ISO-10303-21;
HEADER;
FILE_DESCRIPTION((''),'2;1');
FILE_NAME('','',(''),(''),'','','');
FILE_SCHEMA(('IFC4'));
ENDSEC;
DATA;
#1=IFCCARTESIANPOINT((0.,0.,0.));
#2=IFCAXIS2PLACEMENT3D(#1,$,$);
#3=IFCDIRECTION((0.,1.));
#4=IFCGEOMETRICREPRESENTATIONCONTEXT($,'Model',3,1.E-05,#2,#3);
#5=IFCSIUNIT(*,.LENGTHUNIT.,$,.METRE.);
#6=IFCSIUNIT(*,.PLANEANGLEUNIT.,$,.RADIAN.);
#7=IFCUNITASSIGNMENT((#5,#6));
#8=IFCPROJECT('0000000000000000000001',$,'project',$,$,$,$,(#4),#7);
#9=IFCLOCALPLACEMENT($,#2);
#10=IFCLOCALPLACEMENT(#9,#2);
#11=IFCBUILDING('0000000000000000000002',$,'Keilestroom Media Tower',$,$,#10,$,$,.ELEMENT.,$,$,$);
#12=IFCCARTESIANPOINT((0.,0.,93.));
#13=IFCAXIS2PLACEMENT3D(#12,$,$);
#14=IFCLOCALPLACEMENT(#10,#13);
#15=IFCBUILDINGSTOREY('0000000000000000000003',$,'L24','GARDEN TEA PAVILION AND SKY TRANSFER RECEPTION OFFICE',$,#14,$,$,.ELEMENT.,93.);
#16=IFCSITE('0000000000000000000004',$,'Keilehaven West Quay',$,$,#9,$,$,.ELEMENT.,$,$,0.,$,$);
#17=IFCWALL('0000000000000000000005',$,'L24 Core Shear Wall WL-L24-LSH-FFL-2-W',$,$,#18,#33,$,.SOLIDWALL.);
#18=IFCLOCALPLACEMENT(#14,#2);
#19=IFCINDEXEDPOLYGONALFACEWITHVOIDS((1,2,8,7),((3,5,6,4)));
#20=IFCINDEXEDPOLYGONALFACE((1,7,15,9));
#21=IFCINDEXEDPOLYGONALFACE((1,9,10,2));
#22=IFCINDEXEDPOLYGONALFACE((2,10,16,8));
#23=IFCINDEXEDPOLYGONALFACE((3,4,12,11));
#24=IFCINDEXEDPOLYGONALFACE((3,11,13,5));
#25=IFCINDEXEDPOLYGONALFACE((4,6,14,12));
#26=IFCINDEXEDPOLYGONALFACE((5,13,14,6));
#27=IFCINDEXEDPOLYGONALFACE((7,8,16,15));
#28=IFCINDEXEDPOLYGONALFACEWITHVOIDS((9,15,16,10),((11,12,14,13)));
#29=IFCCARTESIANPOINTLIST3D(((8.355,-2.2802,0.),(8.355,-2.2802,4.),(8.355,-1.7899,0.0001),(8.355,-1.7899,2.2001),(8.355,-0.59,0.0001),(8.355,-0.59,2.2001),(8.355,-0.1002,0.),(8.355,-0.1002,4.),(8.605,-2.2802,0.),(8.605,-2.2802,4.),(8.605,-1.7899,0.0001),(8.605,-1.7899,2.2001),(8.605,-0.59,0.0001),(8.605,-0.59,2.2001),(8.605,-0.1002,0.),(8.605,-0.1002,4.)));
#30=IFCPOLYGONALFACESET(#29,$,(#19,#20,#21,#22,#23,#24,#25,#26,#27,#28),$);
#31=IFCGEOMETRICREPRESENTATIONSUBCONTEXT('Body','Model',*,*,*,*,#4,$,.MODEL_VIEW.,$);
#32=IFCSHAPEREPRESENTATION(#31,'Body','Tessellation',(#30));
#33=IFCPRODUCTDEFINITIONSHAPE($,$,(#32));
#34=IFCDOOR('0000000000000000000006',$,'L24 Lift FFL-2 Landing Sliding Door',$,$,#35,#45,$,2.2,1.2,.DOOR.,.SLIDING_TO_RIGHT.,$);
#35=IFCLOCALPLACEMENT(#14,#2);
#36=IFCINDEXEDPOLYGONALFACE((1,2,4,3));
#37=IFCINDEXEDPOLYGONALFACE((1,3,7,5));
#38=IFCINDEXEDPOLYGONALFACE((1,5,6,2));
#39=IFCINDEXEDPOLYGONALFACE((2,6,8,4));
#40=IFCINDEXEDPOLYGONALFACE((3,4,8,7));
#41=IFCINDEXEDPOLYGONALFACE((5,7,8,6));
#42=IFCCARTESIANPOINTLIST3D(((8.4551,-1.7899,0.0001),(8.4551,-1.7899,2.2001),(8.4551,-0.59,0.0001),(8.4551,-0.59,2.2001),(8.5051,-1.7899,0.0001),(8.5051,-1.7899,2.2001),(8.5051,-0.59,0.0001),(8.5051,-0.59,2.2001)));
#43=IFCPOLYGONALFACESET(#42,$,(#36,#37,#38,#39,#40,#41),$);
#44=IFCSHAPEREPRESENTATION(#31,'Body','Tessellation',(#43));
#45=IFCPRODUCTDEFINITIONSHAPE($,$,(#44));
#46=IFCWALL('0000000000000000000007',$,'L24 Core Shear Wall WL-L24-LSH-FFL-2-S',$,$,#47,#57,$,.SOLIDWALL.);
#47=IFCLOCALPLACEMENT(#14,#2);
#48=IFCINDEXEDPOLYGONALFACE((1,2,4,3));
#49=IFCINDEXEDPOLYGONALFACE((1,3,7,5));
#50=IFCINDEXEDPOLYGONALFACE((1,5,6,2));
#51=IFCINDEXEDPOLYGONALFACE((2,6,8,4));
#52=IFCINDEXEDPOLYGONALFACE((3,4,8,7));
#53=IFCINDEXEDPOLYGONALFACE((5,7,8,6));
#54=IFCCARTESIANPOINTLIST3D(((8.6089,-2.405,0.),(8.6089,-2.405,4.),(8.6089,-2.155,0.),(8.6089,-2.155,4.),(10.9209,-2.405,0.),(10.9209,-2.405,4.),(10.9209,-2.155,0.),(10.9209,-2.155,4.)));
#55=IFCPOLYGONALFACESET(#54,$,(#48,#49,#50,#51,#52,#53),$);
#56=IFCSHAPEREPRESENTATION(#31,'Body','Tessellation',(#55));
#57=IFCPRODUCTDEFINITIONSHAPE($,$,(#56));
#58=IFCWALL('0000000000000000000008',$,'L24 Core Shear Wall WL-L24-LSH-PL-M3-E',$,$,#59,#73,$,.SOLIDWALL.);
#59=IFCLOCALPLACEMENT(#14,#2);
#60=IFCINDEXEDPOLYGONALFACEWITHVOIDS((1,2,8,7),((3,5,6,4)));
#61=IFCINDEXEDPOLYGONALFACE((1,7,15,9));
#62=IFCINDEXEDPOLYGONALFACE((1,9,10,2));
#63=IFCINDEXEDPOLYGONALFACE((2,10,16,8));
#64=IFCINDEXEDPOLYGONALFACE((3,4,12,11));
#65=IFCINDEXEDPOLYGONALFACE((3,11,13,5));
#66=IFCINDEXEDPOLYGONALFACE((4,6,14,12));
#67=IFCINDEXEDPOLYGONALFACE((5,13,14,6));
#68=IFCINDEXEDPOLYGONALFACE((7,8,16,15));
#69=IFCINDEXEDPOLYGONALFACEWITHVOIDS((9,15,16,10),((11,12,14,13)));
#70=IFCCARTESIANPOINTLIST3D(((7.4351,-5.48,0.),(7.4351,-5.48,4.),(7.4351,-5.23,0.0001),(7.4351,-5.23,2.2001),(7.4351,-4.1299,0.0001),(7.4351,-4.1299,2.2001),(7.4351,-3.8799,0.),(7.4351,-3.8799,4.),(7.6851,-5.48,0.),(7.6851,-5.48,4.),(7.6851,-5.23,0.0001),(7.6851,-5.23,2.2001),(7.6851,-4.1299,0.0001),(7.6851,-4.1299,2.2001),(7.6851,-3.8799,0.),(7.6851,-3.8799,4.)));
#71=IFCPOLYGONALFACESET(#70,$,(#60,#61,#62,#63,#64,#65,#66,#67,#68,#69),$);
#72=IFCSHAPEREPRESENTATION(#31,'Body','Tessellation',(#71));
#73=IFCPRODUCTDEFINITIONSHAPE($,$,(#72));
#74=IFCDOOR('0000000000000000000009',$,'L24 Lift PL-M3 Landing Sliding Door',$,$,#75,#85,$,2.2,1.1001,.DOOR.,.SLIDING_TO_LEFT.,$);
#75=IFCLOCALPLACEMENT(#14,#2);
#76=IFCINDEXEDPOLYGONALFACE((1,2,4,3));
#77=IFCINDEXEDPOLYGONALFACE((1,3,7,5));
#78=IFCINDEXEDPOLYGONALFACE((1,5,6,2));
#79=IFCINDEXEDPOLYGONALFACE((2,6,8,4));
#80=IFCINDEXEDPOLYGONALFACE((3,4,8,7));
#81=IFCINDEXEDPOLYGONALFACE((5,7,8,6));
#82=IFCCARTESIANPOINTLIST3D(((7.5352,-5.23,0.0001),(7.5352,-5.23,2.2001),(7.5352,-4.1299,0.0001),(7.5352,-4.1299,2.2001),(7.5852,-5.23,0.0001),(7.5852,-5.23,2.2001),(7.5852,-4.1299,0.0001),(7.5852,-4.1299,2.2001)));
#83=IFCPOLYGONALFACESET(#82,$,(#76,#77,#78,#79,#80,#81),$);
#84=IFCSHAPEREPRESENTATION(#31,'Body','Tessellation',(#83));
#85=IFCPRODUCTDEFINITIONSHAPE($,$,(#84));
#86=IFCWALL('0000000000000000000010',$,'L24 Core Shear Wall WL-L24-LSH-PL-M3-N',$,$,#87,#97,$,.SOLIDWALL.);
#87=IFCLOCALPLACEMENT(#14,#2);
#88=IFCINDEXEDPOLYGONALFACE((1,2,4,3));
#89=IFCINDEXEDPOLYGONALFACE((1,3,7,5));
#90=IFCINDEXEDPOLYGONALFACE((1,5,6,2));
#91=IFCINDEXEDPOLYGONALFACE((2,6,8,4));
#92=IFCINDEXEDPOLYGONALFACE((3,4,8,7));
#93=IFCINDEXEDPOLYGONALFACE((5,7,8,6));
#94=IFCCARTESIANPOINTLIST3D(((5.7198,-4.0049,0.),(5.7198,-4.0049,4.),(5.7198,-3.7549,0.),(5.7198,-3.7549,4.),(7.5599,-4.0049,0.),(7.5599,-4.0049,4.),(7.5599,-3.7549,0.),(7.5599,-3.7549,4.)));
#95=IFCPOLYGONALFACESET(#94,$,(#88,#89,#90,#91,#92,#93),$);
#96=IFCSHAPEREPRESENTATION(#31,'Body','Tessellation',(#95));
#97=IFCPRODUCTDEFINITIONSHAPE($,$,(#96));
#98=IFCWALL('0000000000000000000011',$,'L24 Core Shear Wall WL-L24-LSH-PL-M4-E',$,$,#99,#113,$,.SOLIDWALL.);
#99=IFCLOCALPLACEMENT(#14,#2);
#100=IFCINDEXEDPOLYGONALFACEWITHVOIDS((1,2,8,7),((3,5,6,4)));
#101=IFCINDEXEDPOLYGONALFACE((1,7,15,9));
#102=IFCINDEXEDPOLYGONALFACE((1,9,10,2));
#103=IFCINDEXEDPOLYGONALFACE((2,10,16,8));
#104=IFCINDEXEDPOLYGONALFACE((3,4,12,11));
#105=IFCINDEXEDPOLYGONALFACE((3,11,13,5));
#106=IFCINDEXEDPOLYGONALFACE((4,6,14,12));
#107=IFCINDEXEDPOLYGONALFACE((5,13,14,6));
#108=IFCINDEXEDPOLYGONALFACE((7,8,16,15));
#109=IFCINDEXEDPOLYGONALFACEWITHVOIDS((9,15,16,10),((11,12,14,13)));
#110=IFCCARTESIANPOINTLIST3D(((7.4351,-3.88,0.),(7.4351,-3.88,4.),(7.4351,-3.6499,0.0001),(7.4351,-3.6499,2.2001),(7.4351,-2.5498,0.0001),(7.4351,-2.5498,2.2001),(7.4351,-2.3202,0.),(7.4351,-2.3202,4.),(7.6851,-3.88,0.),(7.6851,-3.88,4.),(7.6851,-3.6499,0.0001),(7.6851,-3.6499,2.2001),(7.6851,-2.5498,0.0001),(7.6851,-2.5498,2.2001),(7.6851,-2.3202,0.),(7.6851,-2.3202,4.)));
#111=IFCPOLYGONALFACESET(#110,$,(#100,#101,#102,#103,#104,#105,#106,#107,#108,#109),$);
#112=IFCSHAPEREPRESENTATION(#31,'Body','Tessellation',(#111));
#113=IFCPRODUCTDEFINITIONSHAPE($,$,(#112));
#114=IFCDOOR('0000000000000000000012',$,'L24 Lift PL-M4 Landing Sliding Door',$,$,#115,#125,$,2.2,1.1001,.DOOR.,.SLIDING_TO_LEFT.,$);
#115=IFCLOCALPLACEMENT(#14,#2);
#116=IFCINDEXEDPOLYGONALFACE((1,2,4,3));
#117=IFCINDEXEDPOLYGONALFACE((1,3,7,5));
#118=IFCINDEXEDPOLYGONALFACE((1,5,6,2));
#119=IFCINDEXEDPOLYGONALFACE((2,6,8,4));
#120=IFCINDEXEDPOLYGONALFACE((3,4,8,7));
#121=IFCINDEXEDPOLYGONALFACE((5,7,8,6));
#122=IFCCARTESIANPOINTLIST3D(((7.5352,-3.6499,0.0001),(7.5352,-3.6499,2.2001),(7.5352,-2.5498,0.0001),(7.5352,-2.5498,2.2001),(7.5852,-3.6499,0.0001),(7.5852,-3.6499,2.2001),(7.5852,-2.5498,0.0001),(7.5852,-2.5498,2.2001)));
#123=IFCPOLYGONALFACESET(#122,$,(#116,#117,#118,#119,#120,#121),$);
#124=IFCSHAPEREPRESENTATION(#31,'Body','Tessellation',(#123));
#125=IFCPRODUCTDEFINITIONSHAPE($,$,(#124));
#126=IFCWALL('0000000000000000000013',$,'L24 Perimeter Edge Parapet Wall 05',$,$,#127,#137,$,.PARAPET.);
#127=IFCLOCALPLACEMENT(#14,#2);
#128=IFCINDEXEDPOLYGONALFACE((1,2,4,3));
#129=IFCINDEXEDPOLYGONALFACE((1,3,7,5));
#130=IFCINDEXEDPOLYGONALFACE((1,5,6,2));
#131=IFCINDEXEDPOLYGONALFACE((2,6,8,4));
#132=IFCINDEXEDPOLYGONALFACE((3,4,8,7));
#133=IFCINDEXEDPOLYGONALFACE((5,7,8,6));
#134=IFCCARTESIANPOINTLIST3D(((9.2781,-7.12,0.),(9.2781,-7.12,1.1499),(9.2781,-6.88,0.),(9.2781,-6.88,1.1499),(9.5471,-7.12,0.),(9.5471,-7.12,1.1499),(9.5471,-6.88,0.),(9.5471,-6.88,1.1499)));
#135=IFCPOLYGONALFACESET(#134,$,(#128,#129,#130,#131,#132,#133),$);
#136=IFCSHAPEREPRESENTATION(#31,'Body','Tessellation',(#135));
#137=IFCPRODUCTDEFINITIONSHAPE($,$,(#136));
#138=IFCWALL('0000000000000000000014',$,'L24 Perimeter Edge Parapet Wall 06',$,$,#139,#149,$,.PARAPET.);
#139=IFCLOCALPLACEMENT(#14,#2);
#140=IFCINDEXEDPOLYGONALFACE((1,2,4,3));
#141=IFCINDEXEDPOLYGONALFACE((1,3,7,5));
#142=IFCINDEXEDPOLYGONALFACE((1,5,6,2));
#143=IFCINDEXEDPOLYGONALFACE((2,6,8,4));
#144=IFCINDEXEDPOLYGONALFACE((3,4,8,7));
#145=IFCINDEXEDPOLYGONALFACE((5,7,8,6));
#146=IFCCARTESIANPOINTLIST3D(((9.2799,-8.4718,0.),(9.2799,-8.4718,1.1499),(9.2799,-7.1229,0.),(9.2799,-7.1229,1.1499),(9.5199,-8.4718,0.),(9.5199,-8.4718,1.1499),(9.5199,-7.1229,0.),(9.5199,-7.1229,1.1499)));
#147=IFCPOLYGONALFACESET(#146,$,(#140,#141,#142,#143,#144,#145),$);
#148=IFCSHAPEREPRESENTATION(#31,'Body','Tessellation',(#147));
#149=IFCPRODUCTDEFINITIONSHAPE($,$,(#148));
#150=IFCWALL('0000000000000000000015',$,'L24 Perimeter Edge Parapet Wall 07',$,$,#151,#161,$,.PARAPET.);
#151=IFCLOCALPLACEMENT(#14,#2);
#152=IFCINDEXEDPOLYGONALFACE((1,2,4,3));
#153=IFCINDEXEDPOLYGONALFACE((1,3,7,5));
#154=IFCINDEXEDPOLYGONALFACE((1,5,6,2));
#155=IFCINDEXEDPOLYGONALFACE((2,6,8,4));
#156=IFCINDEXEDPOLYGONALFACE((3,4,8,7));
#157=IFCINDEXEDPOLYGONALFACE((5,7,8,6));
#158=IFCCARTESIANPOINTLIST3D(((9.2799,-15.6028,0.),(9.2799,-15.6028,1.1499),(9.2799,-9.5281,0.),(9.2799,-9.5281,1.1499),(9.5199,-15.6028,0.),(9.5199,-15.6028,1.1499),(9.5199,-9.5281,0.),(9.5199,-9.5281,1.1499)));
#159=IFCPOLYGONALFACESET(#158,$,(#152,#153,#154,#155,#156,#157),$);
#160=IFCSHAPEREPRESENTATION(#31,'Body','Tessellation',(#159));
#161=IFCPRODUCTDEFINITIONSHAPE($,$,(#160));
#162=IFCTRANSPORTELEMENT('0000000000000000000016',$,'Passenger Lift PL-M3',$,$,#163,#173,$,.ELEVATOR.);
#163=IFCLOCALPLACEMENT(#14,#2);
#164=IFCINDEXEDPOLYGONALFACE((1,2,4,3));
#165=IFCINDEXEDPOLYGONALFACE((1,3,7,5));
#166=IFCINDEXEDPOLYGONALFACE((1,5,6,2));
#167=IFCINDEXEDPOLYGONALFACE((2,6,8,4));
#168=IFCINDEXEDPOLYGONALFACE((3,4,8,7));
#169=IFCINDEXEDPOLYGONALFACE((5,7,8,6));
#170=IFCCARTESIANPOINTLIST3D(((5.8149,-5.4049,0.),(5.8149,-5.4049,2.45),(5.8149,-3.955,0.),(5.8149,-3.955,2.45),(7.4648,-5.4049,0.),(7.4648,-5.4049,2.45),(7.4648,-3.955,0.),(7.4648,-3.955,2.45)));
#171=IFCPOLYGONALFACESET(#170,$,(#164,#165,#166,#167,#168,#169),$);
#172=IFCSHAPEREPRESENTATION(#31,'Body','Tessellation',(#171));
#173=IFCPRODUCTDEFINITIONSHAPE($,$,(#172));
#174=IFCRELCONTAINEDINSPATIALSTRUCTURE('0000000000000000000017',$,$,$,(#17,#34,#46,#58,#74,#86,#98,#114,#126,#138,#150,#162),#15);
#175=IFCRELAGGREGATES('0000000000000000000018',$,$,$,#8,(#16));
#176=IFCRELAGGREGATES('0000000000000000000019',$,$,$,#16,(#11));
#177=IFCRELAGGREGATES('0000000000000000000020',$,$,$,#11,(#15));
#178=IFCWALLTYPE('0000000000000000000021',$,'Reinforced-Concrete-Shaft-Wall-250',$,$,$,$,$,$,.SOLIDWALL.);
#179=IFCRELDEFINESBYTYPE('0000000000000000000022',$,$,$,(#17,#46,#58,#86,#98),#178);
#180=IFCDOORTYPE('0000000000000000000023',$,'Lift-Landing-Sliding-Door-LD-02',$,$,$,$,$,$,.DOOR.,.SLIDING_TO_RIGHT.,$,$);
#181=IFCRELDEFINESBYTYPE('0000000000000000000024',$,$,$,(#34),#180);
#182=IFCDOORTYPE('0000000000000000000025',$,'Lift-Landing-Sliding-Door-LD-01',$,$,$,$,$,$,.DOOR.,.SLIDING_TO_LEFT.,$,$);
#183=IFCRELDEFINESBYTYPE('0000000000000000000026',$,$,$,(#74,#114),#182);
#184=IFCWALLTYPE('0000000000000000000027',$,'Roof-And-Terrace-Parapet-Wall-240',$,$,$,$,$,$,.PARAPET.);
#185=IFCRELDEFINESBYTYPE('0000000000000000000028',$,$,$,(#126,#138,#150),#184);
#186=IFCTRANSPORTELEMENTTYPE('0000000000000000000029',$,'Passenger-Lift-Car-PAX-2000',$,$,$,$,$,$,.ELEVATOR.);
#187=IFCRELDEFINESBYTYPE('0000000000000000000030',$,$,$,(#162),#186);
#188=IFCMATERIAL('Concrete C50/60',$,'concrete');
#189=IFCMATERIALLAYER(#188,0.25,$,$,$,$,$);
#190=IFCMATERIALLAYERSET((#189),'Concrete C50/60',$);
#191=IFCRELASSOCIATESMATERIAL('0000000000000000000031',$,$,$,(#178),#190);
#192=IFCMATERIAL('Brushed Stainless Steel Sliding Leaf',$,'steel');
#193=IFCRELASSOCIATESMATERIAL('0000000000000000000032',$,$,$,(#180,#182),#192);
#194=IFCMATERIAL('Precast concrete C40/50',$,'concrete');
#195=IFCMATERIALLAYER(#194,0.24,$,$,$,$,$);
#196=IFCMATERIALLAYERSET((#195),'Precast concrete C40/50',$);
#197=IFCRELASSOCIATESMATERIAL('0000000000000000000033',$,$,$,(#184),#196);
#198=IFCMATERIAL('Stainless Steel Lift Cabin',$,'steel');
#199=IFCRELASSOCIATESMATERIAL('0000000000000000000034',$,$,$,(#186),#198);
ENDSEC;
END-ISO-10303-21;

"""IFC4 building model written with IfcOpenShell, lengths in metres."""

from ifc_helpers import new_model, si_unit, direction, frame, frame_2d, origin, origin_2d, place, context, subcontext, project, spatial, rectangle, extrude, source, transform, mapped, material, layer, layer_set, type_object, element, fill, save


model = new_model("IFC4")

# Units and contexts
model_context = context("Model", 3, precision=1e-05, world=origin(), true_north=direction((0.0, 1.0)))
body_context = subcontext(model_context, "Body", "Model", "MODEL_VIEW")
ifc_project = project(units=[si_unit("LENGTHUNIT", "METRE"), si_unit("PLANEANGLEUNIT", "RADIAN")], contexts=[model_context])

# Site, building, storey
site_placement = place(None, origin())
site = spatial("IfcSite", under=ifc_project, at=site_placement, Name="Keilehaven West Quay", CompositionType="ELEMENT", RefElevation=0.0)
building_placement = place(site_placement, origin())
building = spatial("IfcBuilding", under=site, at=building_placement, Name="Keilestroom Media Tower", CompositionType="ELEMENT")
storey_placement = place(building_placement, frame((0.0, 0.0, 93.0)))
storey = spatial("IfcBuildingStorey", under=building, at=storey_placement, Name="L24", Description="GARDEN TEA PAVILION AND SKY TRANSFER RECEPTION OFFICE", CompositionType="ELEMENT", Elevation=93.0)

# Shared definitions
shared_shape_1 = source(origin(), body_context, "Body", "SweptSolid", [
    extrude(rectangle(XDim=1.2, YDim=2.2, at=frame_2d((0.6001, 1.1001))), frame((0.0, 0.0249, 0.0), z_axis=(0.0, -1.0, 0.0), x_axis=(1.0, 0.0, 0.0)), (0.0, 0.0, 1.0), 0.05),
])

# Shared definitions
ifc_material_1 = material(Name="Concrete C50/60", Category="concrete")
ifc_layer_1 = layer(ifc_material_1, 0.25)
ifc_layer_set_1 = layer_set([ifc_layer_1], Name="Concrete C50/60")
wall_type_1 = type_object("IfcWallType", Name="Reinforced-Concrete-Shaft-Wall-250", PredefinedType="SOLIDWALL", material=ifc_layer_set_1)

# Wall, opening, door
wall_1_placement = place(storey_placement, frame((8.48, -2.28, 0.0), z_axis=(0.0, 0.0, 1.0), x_axis=(0.0, 1.0, 0.0)))
wall_1 = element("IfcWall", 1, at=wall_1_placement, inside=storey, type_object=wall_type_1, Name="L24 Core Shear Wall WL-L24-LSH-FFL-2-W", PredefinedType="SOLIDWALL", context=body_context, shape_type="SweptSolid", body=[
    extrude(rectangle(XDim=2.1799, YDim=0.25, at=frame_2d((1.0898, 0.0))), origin(), (0.0, 0.0, 1.0), 4.0),
])
opening_1_placement = place(wall_1_placement, frame((0.49, 0.0, 0.0)))
opening_1 = element("IfcOpeningElement", 2, at=opening_1_placement, cuts=wall_1, PredefinedType="OPENING", context=body_context, shape_type="SweptSolid", body=[
    extrude(rectangle(XDim=1.2, YDim=2.2, at=frame_2d((0.6001, 1.1001))), frame((0.0, 0.135, 0.0), z_axis=(0.0, -1.0, 0.0), x_axis=(1.0, 0.0, 0.0)), (0.0, 0.0, 1.0), 0.27),
])
ifc_material_2 = material(Name="Brushed Stainless Steel Sliding Leaf", Category="steel")
door_type_1 = type_object("IfcDoorType", Name="Lift-Landing-Sliding-Door-LD-02", OperationType="SLIDING_TO_RIGHT", PredefinedType="DOOR", material=ifc_material_2)
door_1_placement = place(opening_1_placement, origin())
door_1 = element("IfcDoor", 3, at=door_1_placement, inside=storey, type_object=door_type_1, Name="L24 Lift FFL-2 Landing Sliding Door", OperationType="SLIDING_TO_RIGHT", OverallHeight=2.2, OverallWidth=1.2, PredefinedType="DOOR", context=body_context, shape_type="MappedRepresentation", body=[
    mapped(shared_shape_1, transform((0.0, 0.0, 0.0), x_axis=(1.0, 0.0, 0.0), y_axis=(0.0, 1.0, 0.0), z_axis=(0.0, 0.0, 1.0), scale=1.0)),
])
fill(opening_1, door_1)

# Wall
wall_2_placement = place(storey_placement, frame((8.6089, -2.28, 0.0), z_axis=(0.0, 0.0, 1.0), x_axis=(1.0, 0.0, 0.0)))
element("IfcWall", 4, at=wall_2_placement, inside=storey, type_object=wall_type_1, Name="L24 Core Shear Wall WL-L24-LSH-FFL-2-S", PredefinedType="SOLIDWALL", context=body_context, shape_type="SweptSolid", body=[
    extrude(rectangle(XDim=2.312, YDim=0.25, at=frame_2d((1.156, 0.0))), origin(), (0.0, 0.0, 1.0), 4.0),
])

# Wall, opening, door
wall_3_placement = place(storey_placement, frame((7.5601, -5.48, 0.0), z_axis=(0.0, 0.0, 1.0), x_axis=(0.0, 1.0, 0.0)))
wall_3 = element("IfcWall", 5, at=wall_3_placement, inside=storey, type_object=wall_type_1, Name="L24 Core Shear Wall WL-L24-LSH-PL-M3-E", PredefinedType="SOLIDWALL", context=body_context, shape_type="SweptSolid", body=[
    extrude(rectangle(XDim=1.6001, YDim=0.25, at=frame_2d((0.8, 0.0))), origin(), (0.0, 0.0, 1.0), 4.0),
])
opening_2_placement = place(wall_3_placement, frame((0.25, 0.0, 0.0)))
opening_2 = element("IfcOpeningElement", 6, at=opening_2_placement, cuts=wall_3, PredefinedType="OPENING", context=body_context, shape_type="SweptSolid", body=[
    extrude(rectangle(XDim=1.1001, YDim=2.2, at=frame_2d((0.55, 1.1001))), frame((0.0, 0.135, 0.0), z_axis=(0.0, -1.0, 0.0), x_axis=(1.0, 0.0, 0.0)), (0.0, 0.0, 1.0), 0.27),
])
door_type_2 = type_object("IfcDoorType", Name="Lift-Landing-Sliding-Door-LD-01", OperationType="SLIDING_TO_LEFT", PredefinedType="DOOR", material=ifc_material_2)
shared_shape_2 = source(origin(), body_context, "Body", "SweptSolid", [
    extrude(rectangle(XDim=1.1001, YDim=2.2, at=frame_2d((0.55, 1.1001))), frame((0.0, 0.0249, 0.0), z_axis=(0.0, -1.0, 0.0), x_axis=(1.0, 0.0, 0.0)), (0.0, 0.0, 1.0), 0.05),
])
door_2_placement = place(opening_2_placement, origin())
door_2 = element("IfcDoor", 7, at=door_2_placement, inside=storey, type_object=door_type_2, Name="L24 Lift PL-M3 Landing Sliding Door", OperationType="SLIDING_TO_LEFT", OverallHeight=2.2, OverallWidth=1.1001, PredefinedType="DOOR", context=body_context, shape_type="MappedRepresentation", body=[
    mapped(shared_shape_2, transform((0.0, 0.0, 0.0), x_axis=(1.0, 0.0, 0.0), y_axis=(0.0, 1.0, 0.0), z_axis=(0.0, 0.0, 1.0), scale=1.0)),
])
fill(opening_2, door_2)

# Wall
wall_4_placement = place(storey_placement, frame((5.72, -3.8799, 0.0), z_axis=(0.0, 0.0, 1.0), x_axis=(1.0, 0.0, 0.0)))
element("IfcWall", 8, at=wall_4_placement, inside=storey, type_object=wall_type_1, Name="L24 Core Shear Wall WL-L24-LSH-PL-M3-N", PredefinedType="SOLIDWALL", context=body_context, shape_type="SweptSolid", body=[
    extrude(rectangle(XDim=1.8401, YDim=0.25, at=frame_2d((0.9199, 0.0))), origin(), (0.0, 0.0, 1.0), 4.0),
])

# Wall, opening, door
wall_5_placement = place(storey_placement, frame((7.5601, -3.8799, 0.0), z_axis=(0.0, 0.0, 1.0), x_axis=(0.0, 1.0, 0.0)))
wall_5 = element("IfcWall", 9, at=wall_5_placement, inside=storey, type_object=wall_type_1, Name="L24 Core Shear Wall WL-L24-LSH-PL-M4-E", PredefinedType="SOLIDWALL", context=body_context, shape_type="SweptSolid", body=[
    extrude(rectangle(XDim=1.5598, YDim=0.25, at=frame_2d((0.7798, 0.0))), origin(), (0.0, 0.0, 1.0), 4.0),
])
opening_3_placement = place(wall_5_placement, frame((0.23, 0.0, 0.0)))
opening_3 = element("IfcOpeningElement", 10, at=opening_3_placement, cuts=wall_5, PredefinedType="OPENING", context=body_context, shape_type="SweptSolid", body=[
    extrude(rectangle(XDim=1.1001, YDim=2.2, at=frame_2d((0.55, 1.1001))), frame((0.0, 0.135, 0.0), z_axis=(0.0, -1.0, 0.0), x_axis=(1.0, 0.0, 0.0)), (0.0, 0.0, 1.0), 0.27),
])
door_3_placement = place(opening_3_placement, origin())
door_3 = element("IfcDoor", 11, at=door_3_placement, inside=storey, type_object=door_type_2, Name="L24 Lift PL-M4 Landing Sliding Door", OperationType="SLIDING_TO_LEFT", OverallHeight=2.2, OverallWidth=1.1001, PredefinedType="DOOR", context=body_context, shape_type="MappedRepresentation", body=[
    mapped(shared_shape_2, transform((0.0, 0.0, 0.0), x_axis=(1.0, 0.0, 0.0), y_axis=(0.0, 1.0, 0.0), z_axis=(0.0, 0.0, 1.0), scale=1.0)),
])
fill(opening_3, door_3)

# Walls
ifc_material_3 = material(Name="Precast concrete C40/50", Category="concrete")
ifc_layer_2 = layer(ifc_material_3, 0.24)
ifc_layer_set_2 = layer_set([ifc_layer_2], Name="Precast concrete C40/50")
wall_type_2 = type_object("IfcWallType", Name="Roof-And-Terrace-Parapet-Wall-240", PredefinedType="PARAPET", material=ifc_layer_set_2)
wall_6_placement = place(storey_placement, frame((9.5471, -7.0, 0.0), z_axis=(0.0, 0.0, 1.0), x_axis=(-1.0, 0.0, 0.0)))
element("IfcWall", 12, at=wall_6_placement, inside=storey, type_object=wall_type_2, Name="L24 Perimeter Edge Parapet Wall 05", PredefinedType="PARAPET", context=body_context, shape_type="SweptSolid", body=[
    extrude(rectangle(XDim=0.269, YDim=0.24, at=frame_2d((0.1345, 0.0))), origin(), (0.0, 0.0, 1.0), 1.1499),
])
wall_7_placement = place(storey_placement, frame((9.3999, -7.123, 0.0), z_axis=(0.0, 0.0, 1.0), x_axis=(0.0, -1.0, 0.0)))
element("IfcWall", 13, at=wall_7_placement, inside=storey, type_object=wall_type_2, Name="L24 Perimeter Edge Parapet Wall 06", PredefinedType="PARAPET", context=body_context, shape_type="SweptSolid", body=[
    extrude(rectangle(XDim=1.3489, YDim=0.24, at=frame_2d((0.6743, 0.0))), origin(), (0.0, 0.0, 1.0), 1.1499),
])
wall_8_placement = place(storey_placement, frame((9.3999, -9.5281, 0.0), z_axis=(0.0, 0.0, 1.0), x_axis=(0.0, -1.0, 0.0)))
element("IfcWall", 14, at=wall_8_placement, inside=storey, type_object=wall_type_2, Name="L24 Perimeter Edge Parapet Wall 07", PredefinedType="PARAPET", context=body_context, shape_type="SweptSolid", body=[
    extrude(rectangle(XDim=6.0747, YDim=0.24, at=frame_2d((3.0374, 0.0))), origin(), (0.0, 0.0, 1.0), 1.1499),
])

# Transport element
ifc_material_4 = material(Name="Stainless Steel Lift Cabin", Category="steel")
transport_element_type = type_object("IfcTransportElementType", Name="Passenger-Lift-Car-PAX-2000", PredefinedType="ELEVATOR", material=ifc_material_4)
shared_shape_3 = source(origin(), body_context, "Body", "SweptSolid", [
    extrude(rectangle(XDim=1.6499, YDim=1.45, at=origin_2d()), origin(), (0.0, 0.0, 1.0), 2.45),
])
transport_element_1_placement = place(storey_placement, frame((6.6399, -4.6799, 0.0), z_axis=(0.0, 0.0, 1.0), x_axis=(1.0, 0.0, 0.0)))
element("IfcTransportElement", 15, at=transport_element_1_placement, inside=storey, type_object=transport_element_type, Name="Passenger Lift PL-M3", PredefinedType="ELEVATOR", context=body_context, shape_type="MappedRepresentation", body=[
    mapped(shared_shape_3, transform((0.0, 0.0, 0.0), x_axis=(1.0, 0.0, 0.0), y_axis=(0.0, 1.0, 0.0), z_axis=(0.0, 0.0, 1.0), scale=1.0)),
])

save(model, "model.ifc")
